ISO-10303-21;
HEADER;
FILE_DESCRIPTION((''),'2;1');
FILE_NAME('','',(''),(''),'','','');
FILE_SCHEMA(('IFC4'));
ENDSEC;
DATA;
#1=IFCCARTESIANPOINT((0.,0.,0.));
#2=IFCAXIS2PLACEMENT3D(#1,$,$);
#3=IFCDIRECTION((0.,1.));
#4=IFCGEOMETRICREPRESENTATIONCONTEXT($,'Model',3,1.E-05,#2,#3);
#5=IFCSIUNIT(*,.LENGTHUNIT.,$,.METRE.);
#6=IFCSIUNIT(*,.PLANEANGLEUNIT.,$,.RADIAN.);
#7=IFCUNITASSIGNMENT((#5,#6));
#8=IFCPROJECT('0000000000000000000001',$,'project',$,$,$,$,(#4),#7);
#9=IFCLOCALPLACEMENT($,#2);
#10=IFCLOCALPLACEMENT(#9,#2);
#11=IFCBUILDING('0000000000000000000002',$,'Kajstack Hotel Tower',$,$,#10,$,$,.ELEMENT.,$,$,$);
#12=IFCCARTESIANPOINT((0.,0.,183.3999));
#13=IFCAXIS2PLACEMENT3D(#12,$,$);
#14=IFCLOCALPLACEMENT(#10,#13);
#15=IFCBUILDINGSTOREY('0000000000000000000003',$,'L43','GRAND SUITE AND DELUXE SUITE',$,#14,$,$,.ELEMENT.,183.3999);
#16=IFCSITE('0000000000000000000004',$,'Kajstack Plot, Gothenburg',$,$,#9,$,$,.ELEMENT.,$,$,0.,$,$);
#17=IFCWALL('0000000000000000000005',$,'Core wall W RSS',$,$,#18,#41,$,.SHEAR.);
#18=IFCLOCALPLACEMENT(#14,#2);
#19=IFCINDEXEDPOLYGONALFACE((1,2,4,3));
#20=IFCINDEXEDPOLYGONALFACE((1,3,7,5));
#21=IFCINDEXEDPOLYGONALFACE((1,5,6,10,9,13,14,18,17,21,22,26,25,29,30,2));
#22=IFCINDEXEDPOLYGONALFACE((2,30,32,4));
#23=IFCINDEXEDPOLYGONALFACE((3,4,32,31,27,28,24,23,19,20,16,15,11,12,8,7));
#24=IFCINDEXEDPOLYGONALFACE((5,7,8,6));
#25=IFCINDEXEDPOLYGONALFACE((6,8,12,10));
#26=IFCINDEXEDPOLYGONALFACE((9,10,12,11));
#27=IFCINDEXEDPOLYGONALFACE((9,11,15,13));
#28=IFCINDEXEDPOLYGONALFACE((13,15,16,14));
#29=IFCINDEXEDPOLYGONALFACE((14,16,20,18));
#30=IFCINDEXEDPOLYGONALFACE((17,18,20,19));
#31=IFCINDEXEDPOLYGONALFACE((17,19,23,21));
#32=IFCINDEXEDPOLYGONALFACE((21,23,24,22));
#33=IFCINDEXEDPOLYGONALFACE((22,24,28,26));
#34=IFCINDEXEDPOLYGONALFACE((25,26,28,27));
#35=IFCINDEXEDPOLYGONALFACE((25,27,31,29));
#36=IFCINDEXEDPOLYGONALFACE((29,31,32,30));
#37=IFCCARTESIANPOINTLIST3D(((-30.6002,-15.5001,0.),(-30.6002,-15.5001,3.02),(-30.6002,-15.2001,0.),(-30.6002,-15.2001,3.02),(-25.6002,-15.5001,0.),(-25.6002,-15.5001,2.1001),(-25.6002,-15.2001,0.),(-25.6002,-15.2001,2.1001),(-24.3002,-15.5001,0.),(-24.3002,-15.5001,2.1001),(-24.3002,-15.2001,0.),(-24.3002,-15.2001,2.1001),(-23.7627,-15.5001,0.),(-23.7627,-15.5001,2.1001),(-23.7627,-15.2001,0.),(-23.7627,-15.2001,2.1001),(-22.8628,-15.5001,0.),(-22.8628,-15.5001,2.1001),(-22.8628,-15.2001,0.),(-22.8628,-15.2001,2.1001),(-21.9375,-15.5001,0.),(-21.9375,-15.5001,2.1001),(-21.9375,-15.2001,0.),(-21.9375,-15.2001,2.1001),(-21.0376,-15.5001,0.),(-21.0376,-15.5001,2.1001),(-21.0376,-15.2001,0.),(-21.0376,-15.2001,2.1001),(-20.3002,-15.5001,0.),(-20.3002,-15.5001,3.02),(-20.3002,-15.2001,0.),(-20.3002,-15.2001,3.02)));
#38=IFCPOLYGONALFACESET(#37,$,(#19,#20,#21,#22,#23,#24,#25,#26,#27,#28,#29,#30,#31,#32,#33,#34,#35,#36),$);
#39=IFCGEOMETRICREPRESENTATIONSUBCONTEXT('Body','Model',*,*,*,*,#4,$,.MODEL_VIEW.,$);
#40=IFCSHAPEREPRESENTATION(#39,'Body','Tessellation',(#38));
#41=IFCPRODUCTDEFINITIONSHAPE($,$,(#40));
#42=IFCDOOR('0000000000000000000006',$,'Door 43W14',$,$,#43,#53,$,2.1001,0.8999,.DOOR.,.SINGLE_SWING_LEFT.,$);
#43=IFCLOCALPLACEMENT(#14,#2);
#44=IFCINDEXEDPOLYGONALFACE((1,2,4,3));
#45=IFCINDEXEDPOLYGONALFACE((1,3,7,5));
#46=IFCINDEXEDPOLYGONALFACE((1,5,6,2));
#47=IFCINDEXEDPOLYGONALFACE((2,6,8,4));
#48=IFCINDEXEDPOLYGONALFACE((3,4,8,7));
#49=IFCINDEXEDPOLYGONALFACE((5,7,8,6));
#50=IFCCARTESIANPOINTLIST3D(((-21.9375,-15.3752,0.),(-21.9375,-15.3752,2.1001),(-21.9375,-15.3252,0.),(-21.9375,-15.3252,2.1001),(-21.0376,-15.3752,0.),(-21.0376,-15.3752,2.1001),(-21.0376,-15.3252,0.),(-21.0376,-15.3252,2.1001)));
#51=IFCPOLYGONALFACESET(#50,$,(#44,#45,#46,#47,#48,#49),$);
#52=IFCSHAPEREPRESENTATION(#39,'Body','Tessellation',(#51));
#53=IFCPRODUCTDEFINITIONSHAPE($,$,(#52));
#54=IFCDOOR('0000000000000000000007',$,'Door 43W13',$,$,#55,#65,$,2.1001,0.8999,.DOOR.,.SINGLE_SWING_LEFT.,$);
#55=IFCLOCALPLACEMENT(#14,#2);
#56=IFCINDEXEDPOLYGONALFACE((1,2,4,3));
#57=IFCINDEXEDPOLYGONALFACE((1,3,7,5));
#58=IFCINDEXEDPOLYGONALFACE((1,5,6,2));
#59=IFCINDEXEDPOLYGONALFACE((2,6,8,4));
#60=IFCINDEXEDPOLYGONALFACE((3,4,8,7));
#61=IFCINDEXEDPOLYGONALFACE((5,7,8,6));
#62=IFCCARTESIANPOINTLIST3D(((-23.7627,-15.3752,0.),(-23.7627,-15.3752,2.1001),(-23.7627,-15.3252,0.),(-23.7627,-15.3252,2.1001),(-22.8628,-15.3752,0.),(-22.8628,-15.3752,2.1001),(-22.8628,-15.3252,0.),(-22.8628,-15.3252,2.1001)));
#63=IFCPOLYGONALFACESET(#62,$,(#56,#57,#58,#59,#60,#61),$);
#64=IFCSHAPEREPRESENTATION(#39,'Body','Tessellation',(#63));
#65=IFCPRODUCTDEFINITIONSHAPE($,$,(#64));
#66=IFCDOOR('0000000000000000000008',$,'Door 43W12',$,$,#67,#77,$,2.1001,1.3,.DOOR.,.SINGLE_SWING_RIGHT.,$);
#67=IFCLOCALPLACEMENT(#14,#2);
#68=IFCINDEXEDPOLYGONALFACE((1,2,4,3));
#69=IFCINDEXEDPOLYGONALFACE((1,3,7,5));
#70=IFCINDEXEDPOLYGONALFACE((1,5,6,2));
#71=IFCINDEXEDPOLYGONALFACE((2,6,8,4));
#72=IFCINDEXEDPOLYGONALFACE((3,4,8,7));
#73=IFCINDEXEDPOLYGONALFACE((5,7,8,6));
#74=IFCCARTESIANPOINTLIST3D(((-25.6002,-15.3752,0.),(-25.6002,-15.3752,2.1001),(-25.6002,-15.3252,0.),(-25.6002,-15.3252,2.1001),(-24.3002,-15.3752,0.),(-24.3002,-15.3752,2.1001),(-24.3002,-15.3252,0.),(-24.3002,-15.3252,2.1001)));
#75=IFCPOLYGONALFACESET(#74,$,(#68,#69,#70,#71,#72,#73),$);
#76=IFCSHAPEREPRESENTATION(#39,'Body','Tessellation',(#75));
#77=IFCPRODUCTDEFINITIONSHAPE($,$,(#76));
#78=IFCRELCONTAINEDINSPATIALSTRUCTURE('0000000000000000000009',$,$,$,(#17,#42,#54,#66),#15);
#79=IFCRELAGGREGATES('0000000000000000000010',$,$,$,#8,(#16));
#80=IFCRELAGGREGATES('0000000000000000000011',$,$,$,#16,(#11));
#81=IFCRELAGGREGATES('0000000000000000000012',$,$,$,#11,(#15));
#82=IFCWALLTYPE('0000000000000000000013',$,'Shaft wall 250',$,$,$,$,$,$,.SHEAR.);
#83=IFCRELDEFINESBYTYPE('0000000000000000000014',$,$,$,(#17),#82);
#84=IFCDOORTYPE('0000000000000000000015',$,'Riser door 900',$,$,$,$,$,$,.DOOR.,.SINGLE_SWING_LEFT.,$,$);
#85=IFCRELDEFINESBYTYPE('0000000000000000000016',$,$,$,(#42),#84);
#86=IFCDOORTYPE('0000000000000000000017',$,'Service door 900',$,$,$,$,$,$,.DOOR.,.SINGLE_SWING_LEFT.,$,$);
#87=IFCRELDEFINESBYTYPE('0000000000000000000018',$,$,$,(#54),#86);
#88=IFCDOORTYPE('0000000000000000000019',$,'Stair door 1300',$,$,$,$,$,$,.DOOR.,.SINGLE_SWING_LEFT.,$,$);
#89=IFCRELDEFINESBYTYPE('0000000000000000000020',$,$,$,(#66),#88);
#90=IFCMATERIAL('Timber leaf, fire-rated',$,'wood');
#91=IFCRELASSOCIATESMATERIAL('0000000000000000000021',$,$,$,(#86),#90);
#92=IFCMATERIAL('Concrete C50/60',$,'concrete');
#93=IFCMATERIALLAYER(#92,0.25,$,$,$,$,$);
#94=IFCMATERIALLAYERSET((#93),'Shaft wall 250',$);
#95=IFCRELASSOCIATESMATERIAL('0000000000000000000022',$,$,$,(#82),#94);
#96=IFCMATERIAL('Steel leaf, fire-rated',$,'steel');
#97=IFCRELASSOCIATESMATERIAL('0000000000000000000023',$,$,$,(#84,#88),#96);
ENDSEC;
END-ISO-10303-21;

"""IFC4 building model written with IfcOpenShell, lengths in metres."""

from ifc_helpers import new_model, si_unit, direction, frame, frame_2d, origin, place, context, subcontext, project, spatial, rectangle, extrude, material, layer, layer_set, type_object, element, fill, save


model = new_model("IFC4")

# Units and contexts
model_context = context("Model", 3, precision=1e-05, world=origin(), true_north=direction((0.0, 1.0)))
body_context = subcontext(model_context, "Body", "Model", "MODEL_VIEW")
ifc_project = project(units=[si_unit("LENGTHUNIT", "METRE"), si_unit("PLANEANGLEUNIT", "RADIAN")], contexts=[model_context])

# Site, building, storey
site_placement = place(None, origin())
site = spatial("IfcSite", under=ifc_project, at=site_placement, Name="Kajstack Plot, Gothenburg", CompositionType="ELEMENT", RefElevation=0.0)
building_placement = place(site_placement, origin())
building = spatial("IfcBuilding", under=site, at=building_placement, Name="Kajstack Hotel Tower", CompositionType="ELEMENT")
storey_placement = place(building_placement, frame((0.0, 0.0, 183.3999)))
storey = spatial("IfcBuildingStorey", under=building, at=storey_placement, Name="L43", Description="GRAND SUITE AND DELUXE SUITE", CompositionType="ELEMENT", Elevation=183.3999)

# Shared definitions
ifc_material_1 = material(Name="Timber leaf, fire-rated", Category="wood")
door_type_1 = type_object("IfcDoorType", Name="Service door 900", OperationType="SINGLE_SWING_LEFT", PredefinedType="DOOR", material=ifc_material_1)

# Wall, openings, doors
ifc_material_2 = material(Name="Concrete C50/60", Category="concrete")
ifc_layer_1 = layer(ifc_material_2, 0.25)
ifc_layer_set_1 = layer_set([ifc_layer_1], Name="Shaft wall 250")
wall_type_1 = type_object("IfcWallType", Name="Shaft wall 250", PredefinedType="SHEAR", material=ifc_layer_set_1)
wall_1_placement = place(storey_placement, frame((-30.6001, -15.3501, 0.0), z_axis=(0.0, 0.0, 1.0), x_axis=(1.0, 0.0, 0.0)))
wall_1 = element("IfcWall", 1, at=wall_1_placement, inside=storey, type_object=wall_type_1, Name="Core wall W RSS", PredefinedType="SHEAR", context=body_context, shape_type="SweptSolid", body=[
    extrude(rectangle(XDim=10.3, YDim=0.3, at=frame_2d((5.1499, 0.0))), origin(), (0.0, 0.0, 1.0), 3.02),
])
opening_1_placement = place(wall_1_placement, frame((5.0, 0.0, 0.0)))
opening_1 = element("IfcOpeningElement", 2, at=opening_1_placement, cuts=wall_1, PredefinedType="OPENING", context=body_context, shape_type="SweptSolid", body=[
    extrude(rectangle(XDim=1.3, YDim=2.1001, at=frame_2d((0.6499, 1.05))), frame((0.0, 0.1599, 0.0), z_axis=(0.0, -1.0, 0.0), x_axis=(1.0, 0.0, 0.0)), (0.0, 0.0, 1.0), 0.3201),
])
opening_2_placement = place(wall_1_placement, frame((6.8374, 0.0, 0.0)))
opening_2 = element("IfcOpeningElement", 3, at=opening_2_placement, cuts=wall_1, PredefinedType="OPENING", context=body_context, shape_type="SweptSolid", body=[
    extrude(rectangle(XDim=0.8999, YDim=2.1001, at=frame_2d((0.45, 1.05))), frame((0.0, 0.1599, 0.0), z_axis=(0.0, -1.0, 0.0), x_axis=(1.0, 0.0, 0.0)), (0.0, 0.0, 1.0), 0.3201),
])
opening_3_placement = place(wall_1_placement, frame((8.6626, 0.0, 0.0)))
opening_3 = element("IfcOpeningElement", 4, at=opening_3_placement, cuts=wall_1, PredefinedType="OPENING", context=body_context, shape_type="SweptSolid", body=[
    extrude(rectangle(XDim=0.8999, YDim=2.1001, at=frame_2d((0.45, 1.05))), frame((0.0, 0.1599, 0.0), z_axis=(0.0, -1.0, 0.0), x_axis=(1.0, 0.0, 0.0)), (0.0, 0.0, 1.0), 0.3201),
])
ifc_material_3 = material(Name="Steel leaf, fire-rated", Category="steel")
door_type_2 = type_object("IfcDoorType", Name="Riser door 900", OperationType="SINGLE_SWING_LEFT", PredefinedType="DOOR", material=ifc_material_3)
door_1_placement = place(opening_3_placement, origin())
door_1 = element("IfcDoor", 5, at=door_1_placement, inside=storey, type_object=door_type_2, Name="Door 43W14", OperationType="SINGLE_SWING_LEFT", OverallHeight=2.1001, OverallWidth=0.8999, PredefinedType="DOOR", context=body_context, shape_type="SweptSolid", body=[
    extrude(rectangle(XDim=0.8999, YDim=2.1001, at=frame_2d((0.45, 1.05))), frame((0.0, 0.0249, 0.0), z_axis=(0.0, -1.0, 0.0), x_axis=(1.0, 0.0, 0.0)), (0.0, 0.0, 1.0), 0.05),
])
fill(opening_3, door_1)
door_2_placement = place(opening_2_placement, origin())
door_2 = element("IfcDoor", 6, at=door_2_placement, inside=storey, type_object=door_type_1, Name="Door 43W13", OperationType="SINGLE_SWING_LEFT", OverallHeight=2.1001, OverallWidth=0.8999, PredefinedType="DOOR", context=body_context, shape_type="SweptSolid", body=[
    extrude(rectangle(XDim=0.8999, YDim=2.1001, at=frame_2d((0.45, 1.05))), frame((0.0, 0.0249, 0.0), z_axis=(0.0, -1.0, 0.0), x_axis=(1.0, 0.0, 0.0)), (0.0, 0.0, 1.0), 0.05),
])
fill(opening_2, door_2)
door_type_3 = type_object("IfcDoorType", Name="Stair door 1300", OperationType="SINGLE_SWING_LEFT", PredefinedType="DOOR", material=ifc_material_3)
door_3_placement = place(opening_1_placement, origin())
door_3 = element("IfcDoor", 7, at=door_3_placement, inside=storey, type_object=door_type_3, Name="Door 43W12", OperationType="SINGLE_SWING_RIGHT", OverallHeight=2.1001, OverallWidth=1.3, PredefinedType="DOOR", context=body_context, shape_type="SweptSolid", body=[
    extrude(rectangle(XDim=1.3, YDim=2.1001, at=frame_2d((0.6499, 1.05))), frame((0.0, 0.0249, 0.0), z_axis=(0.0, -1.0, 0.0), x_axis=(1.0, 0.0, 0.0)), (0.0, 0.0, 1.0), 0.05),
])
fill(opening_1, door_3)

save(model, "model.ifc")
